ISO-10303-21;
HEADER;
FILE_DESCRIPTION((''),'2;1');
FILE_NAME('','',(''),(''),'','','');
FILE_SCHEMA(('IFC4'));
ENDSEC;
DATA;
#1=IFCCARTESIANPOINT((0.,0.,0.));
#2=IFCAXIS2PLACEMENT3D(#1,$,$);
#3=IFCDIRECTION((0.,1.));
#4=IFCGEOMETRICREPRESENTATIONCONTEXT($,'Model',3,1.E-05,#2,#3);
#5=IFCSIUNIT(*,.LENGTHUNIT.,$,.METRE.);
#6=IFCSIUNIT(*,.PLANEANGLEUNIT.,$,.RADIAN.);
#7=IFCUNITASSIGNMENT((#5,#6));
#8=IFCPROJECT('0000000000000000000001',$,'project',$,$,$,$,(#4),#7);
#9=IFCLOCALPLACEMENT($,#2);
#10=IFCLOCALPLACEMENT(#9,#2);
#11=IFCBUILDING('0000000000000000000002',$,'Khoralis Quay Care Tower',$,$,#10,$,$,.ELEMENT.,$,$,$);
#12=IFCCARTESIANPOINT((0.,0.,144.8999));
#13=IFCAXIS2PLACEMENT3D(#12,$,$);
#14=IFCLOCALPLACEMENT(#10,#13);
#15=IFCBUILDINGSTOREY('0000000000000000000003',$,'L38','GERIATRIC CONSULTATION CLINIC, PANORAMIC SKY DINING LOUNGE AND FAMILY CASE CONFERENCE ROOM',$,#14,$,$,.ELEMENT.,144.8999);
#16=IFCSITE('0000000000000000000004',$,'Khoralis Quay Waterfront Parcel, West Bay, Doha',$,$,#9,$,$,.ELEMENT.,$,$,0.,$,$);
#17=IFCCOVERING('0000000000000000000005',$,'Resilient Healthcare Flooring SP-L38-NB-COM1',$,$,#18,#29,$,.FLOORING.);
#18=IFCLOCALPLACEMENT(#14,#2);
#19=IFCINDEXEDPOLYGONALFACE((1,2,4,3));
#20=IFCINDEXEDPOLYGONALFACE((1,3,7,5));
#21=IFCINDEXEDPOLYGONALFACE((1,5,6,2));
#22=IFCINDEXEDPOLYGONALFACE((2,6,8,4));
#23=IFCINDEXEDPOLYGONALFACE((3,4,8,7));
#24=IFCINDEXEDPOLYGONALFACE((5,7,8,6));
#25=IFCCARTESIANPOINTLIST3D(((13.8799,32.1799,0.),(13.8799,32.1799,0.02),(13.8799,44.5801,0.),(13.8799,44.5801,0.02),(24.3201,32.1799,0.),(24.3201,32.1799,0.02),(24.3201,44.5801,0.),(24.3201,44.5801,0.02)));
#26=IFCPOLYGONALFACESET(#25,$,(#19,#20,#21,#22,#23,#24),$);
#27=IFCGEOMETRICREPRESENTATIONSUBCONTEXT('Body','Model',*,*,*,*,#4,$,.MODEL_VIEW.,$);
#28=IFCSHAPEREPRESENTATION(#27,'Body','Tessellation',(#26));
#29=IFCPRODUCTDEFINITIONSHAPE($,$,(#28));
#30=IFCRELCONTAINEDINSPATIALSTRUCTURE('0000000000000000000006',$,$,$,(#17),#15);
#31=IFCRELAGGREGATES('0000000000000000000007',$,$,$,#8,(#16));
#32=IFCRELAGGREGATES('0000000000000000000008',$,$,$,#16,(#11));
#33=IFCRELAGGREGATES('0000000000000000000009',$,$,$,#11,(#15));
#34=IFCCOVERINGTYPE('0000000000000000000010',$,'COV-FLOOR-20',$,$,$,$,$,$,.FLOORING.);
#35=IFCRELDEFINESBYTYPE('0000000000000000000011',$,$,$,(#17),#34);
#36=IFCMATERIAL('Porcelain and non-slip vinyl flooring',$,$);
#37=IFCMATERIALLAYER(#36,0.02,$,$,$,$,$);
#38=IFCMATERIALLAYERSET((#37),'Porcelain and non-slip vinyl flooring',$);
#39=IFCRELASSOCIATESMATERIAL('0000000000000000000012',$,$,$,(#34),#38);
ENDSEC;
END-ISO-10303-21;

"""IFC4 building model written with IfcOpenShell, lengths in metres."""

from ifc_helpers import new_model, si_unit, direction, frame, origin, place, context, subcontext, project, spatial, polyline, outline, extrude, material, layer, layer_set, type_object, element, save


model = new_model("IFC4")

# Units and contexts
model_context = context("Model", 3, precision=1e-05, world=origin(), true_north=direction((0.0, 1.0)))
body_context = subcontext(model_context, "Body", "Model", "MODEL_VIEW")
ifc_project = project(units=[si_unit("LENGTHUNIT", "METRE"), si_unit("PLANEANGLEUNIT", "RADIAN")], contexts=[model_context])

# Site, building, storey
site_placement = place(None, origin())
site = spatial("IfcSite", under=ifc_project, at=site_placement, Name="Khoralis Quay Waterfront Parcel, West Bay, Doha", CompositionType="ELEMENT", RefElevation=0.0)
building_placement = place(site_placement, origin())
building = spatial("IfcBuilding", under=site, at=building_placement, Name="Khoralis Quay Care Tower", CompositionType="ELEMENT")
storey_placement = place(building_placement, frame((0.0, 0.0, 144.8999)))
storey = spatial("IfcBuildingStorey", under=building, at=storey_placement, Name="L38", Description="GERIATRIC CONSULTATION CLINIC, PANORAMIC SKY DINING LOUNGE AND FAMILY CASE CONFERENCE ROOM", CompositionType="ELEMENT", Elevation=144.8999)

# Covering
ifc_material_1 = material(Name="Porcelain and non-slip vinyl flooring")
ifc_layer_1 = layer(ifc_material_1, 0.02)
ifc_layer_set_1 = layer_set([ifc_layer_1], Name="Porcelain and non-slip vinyl flooring")
covering_type_1 = type_object("IfcCoveringType", Name="COV-FLOOR-20", PredefinedType="FLOORING", material=ifc_layer_set_1)
covering_1_placement = place(storey_placement, origin())
element("IfcCovering", 1, at=covering_1_placement, inside=storey, type_object=covering_type_1, Name="Resilient Healthcare Flooring SP-L38-NB-COM1", PredefinedType="FLOORING", context=body_context, shape_type="SweptSolid", body=[
    extrude(outline(polyline([(13.8799, 32.1799), (24.3201, 32.1799), (24.3201, 44.5801), (13.8799, 44.5801), (13.8799, 32.1799)])), origin(), (0.0, 0.0, 1.0), 0.02),
])

save(model, "model.ifc")
